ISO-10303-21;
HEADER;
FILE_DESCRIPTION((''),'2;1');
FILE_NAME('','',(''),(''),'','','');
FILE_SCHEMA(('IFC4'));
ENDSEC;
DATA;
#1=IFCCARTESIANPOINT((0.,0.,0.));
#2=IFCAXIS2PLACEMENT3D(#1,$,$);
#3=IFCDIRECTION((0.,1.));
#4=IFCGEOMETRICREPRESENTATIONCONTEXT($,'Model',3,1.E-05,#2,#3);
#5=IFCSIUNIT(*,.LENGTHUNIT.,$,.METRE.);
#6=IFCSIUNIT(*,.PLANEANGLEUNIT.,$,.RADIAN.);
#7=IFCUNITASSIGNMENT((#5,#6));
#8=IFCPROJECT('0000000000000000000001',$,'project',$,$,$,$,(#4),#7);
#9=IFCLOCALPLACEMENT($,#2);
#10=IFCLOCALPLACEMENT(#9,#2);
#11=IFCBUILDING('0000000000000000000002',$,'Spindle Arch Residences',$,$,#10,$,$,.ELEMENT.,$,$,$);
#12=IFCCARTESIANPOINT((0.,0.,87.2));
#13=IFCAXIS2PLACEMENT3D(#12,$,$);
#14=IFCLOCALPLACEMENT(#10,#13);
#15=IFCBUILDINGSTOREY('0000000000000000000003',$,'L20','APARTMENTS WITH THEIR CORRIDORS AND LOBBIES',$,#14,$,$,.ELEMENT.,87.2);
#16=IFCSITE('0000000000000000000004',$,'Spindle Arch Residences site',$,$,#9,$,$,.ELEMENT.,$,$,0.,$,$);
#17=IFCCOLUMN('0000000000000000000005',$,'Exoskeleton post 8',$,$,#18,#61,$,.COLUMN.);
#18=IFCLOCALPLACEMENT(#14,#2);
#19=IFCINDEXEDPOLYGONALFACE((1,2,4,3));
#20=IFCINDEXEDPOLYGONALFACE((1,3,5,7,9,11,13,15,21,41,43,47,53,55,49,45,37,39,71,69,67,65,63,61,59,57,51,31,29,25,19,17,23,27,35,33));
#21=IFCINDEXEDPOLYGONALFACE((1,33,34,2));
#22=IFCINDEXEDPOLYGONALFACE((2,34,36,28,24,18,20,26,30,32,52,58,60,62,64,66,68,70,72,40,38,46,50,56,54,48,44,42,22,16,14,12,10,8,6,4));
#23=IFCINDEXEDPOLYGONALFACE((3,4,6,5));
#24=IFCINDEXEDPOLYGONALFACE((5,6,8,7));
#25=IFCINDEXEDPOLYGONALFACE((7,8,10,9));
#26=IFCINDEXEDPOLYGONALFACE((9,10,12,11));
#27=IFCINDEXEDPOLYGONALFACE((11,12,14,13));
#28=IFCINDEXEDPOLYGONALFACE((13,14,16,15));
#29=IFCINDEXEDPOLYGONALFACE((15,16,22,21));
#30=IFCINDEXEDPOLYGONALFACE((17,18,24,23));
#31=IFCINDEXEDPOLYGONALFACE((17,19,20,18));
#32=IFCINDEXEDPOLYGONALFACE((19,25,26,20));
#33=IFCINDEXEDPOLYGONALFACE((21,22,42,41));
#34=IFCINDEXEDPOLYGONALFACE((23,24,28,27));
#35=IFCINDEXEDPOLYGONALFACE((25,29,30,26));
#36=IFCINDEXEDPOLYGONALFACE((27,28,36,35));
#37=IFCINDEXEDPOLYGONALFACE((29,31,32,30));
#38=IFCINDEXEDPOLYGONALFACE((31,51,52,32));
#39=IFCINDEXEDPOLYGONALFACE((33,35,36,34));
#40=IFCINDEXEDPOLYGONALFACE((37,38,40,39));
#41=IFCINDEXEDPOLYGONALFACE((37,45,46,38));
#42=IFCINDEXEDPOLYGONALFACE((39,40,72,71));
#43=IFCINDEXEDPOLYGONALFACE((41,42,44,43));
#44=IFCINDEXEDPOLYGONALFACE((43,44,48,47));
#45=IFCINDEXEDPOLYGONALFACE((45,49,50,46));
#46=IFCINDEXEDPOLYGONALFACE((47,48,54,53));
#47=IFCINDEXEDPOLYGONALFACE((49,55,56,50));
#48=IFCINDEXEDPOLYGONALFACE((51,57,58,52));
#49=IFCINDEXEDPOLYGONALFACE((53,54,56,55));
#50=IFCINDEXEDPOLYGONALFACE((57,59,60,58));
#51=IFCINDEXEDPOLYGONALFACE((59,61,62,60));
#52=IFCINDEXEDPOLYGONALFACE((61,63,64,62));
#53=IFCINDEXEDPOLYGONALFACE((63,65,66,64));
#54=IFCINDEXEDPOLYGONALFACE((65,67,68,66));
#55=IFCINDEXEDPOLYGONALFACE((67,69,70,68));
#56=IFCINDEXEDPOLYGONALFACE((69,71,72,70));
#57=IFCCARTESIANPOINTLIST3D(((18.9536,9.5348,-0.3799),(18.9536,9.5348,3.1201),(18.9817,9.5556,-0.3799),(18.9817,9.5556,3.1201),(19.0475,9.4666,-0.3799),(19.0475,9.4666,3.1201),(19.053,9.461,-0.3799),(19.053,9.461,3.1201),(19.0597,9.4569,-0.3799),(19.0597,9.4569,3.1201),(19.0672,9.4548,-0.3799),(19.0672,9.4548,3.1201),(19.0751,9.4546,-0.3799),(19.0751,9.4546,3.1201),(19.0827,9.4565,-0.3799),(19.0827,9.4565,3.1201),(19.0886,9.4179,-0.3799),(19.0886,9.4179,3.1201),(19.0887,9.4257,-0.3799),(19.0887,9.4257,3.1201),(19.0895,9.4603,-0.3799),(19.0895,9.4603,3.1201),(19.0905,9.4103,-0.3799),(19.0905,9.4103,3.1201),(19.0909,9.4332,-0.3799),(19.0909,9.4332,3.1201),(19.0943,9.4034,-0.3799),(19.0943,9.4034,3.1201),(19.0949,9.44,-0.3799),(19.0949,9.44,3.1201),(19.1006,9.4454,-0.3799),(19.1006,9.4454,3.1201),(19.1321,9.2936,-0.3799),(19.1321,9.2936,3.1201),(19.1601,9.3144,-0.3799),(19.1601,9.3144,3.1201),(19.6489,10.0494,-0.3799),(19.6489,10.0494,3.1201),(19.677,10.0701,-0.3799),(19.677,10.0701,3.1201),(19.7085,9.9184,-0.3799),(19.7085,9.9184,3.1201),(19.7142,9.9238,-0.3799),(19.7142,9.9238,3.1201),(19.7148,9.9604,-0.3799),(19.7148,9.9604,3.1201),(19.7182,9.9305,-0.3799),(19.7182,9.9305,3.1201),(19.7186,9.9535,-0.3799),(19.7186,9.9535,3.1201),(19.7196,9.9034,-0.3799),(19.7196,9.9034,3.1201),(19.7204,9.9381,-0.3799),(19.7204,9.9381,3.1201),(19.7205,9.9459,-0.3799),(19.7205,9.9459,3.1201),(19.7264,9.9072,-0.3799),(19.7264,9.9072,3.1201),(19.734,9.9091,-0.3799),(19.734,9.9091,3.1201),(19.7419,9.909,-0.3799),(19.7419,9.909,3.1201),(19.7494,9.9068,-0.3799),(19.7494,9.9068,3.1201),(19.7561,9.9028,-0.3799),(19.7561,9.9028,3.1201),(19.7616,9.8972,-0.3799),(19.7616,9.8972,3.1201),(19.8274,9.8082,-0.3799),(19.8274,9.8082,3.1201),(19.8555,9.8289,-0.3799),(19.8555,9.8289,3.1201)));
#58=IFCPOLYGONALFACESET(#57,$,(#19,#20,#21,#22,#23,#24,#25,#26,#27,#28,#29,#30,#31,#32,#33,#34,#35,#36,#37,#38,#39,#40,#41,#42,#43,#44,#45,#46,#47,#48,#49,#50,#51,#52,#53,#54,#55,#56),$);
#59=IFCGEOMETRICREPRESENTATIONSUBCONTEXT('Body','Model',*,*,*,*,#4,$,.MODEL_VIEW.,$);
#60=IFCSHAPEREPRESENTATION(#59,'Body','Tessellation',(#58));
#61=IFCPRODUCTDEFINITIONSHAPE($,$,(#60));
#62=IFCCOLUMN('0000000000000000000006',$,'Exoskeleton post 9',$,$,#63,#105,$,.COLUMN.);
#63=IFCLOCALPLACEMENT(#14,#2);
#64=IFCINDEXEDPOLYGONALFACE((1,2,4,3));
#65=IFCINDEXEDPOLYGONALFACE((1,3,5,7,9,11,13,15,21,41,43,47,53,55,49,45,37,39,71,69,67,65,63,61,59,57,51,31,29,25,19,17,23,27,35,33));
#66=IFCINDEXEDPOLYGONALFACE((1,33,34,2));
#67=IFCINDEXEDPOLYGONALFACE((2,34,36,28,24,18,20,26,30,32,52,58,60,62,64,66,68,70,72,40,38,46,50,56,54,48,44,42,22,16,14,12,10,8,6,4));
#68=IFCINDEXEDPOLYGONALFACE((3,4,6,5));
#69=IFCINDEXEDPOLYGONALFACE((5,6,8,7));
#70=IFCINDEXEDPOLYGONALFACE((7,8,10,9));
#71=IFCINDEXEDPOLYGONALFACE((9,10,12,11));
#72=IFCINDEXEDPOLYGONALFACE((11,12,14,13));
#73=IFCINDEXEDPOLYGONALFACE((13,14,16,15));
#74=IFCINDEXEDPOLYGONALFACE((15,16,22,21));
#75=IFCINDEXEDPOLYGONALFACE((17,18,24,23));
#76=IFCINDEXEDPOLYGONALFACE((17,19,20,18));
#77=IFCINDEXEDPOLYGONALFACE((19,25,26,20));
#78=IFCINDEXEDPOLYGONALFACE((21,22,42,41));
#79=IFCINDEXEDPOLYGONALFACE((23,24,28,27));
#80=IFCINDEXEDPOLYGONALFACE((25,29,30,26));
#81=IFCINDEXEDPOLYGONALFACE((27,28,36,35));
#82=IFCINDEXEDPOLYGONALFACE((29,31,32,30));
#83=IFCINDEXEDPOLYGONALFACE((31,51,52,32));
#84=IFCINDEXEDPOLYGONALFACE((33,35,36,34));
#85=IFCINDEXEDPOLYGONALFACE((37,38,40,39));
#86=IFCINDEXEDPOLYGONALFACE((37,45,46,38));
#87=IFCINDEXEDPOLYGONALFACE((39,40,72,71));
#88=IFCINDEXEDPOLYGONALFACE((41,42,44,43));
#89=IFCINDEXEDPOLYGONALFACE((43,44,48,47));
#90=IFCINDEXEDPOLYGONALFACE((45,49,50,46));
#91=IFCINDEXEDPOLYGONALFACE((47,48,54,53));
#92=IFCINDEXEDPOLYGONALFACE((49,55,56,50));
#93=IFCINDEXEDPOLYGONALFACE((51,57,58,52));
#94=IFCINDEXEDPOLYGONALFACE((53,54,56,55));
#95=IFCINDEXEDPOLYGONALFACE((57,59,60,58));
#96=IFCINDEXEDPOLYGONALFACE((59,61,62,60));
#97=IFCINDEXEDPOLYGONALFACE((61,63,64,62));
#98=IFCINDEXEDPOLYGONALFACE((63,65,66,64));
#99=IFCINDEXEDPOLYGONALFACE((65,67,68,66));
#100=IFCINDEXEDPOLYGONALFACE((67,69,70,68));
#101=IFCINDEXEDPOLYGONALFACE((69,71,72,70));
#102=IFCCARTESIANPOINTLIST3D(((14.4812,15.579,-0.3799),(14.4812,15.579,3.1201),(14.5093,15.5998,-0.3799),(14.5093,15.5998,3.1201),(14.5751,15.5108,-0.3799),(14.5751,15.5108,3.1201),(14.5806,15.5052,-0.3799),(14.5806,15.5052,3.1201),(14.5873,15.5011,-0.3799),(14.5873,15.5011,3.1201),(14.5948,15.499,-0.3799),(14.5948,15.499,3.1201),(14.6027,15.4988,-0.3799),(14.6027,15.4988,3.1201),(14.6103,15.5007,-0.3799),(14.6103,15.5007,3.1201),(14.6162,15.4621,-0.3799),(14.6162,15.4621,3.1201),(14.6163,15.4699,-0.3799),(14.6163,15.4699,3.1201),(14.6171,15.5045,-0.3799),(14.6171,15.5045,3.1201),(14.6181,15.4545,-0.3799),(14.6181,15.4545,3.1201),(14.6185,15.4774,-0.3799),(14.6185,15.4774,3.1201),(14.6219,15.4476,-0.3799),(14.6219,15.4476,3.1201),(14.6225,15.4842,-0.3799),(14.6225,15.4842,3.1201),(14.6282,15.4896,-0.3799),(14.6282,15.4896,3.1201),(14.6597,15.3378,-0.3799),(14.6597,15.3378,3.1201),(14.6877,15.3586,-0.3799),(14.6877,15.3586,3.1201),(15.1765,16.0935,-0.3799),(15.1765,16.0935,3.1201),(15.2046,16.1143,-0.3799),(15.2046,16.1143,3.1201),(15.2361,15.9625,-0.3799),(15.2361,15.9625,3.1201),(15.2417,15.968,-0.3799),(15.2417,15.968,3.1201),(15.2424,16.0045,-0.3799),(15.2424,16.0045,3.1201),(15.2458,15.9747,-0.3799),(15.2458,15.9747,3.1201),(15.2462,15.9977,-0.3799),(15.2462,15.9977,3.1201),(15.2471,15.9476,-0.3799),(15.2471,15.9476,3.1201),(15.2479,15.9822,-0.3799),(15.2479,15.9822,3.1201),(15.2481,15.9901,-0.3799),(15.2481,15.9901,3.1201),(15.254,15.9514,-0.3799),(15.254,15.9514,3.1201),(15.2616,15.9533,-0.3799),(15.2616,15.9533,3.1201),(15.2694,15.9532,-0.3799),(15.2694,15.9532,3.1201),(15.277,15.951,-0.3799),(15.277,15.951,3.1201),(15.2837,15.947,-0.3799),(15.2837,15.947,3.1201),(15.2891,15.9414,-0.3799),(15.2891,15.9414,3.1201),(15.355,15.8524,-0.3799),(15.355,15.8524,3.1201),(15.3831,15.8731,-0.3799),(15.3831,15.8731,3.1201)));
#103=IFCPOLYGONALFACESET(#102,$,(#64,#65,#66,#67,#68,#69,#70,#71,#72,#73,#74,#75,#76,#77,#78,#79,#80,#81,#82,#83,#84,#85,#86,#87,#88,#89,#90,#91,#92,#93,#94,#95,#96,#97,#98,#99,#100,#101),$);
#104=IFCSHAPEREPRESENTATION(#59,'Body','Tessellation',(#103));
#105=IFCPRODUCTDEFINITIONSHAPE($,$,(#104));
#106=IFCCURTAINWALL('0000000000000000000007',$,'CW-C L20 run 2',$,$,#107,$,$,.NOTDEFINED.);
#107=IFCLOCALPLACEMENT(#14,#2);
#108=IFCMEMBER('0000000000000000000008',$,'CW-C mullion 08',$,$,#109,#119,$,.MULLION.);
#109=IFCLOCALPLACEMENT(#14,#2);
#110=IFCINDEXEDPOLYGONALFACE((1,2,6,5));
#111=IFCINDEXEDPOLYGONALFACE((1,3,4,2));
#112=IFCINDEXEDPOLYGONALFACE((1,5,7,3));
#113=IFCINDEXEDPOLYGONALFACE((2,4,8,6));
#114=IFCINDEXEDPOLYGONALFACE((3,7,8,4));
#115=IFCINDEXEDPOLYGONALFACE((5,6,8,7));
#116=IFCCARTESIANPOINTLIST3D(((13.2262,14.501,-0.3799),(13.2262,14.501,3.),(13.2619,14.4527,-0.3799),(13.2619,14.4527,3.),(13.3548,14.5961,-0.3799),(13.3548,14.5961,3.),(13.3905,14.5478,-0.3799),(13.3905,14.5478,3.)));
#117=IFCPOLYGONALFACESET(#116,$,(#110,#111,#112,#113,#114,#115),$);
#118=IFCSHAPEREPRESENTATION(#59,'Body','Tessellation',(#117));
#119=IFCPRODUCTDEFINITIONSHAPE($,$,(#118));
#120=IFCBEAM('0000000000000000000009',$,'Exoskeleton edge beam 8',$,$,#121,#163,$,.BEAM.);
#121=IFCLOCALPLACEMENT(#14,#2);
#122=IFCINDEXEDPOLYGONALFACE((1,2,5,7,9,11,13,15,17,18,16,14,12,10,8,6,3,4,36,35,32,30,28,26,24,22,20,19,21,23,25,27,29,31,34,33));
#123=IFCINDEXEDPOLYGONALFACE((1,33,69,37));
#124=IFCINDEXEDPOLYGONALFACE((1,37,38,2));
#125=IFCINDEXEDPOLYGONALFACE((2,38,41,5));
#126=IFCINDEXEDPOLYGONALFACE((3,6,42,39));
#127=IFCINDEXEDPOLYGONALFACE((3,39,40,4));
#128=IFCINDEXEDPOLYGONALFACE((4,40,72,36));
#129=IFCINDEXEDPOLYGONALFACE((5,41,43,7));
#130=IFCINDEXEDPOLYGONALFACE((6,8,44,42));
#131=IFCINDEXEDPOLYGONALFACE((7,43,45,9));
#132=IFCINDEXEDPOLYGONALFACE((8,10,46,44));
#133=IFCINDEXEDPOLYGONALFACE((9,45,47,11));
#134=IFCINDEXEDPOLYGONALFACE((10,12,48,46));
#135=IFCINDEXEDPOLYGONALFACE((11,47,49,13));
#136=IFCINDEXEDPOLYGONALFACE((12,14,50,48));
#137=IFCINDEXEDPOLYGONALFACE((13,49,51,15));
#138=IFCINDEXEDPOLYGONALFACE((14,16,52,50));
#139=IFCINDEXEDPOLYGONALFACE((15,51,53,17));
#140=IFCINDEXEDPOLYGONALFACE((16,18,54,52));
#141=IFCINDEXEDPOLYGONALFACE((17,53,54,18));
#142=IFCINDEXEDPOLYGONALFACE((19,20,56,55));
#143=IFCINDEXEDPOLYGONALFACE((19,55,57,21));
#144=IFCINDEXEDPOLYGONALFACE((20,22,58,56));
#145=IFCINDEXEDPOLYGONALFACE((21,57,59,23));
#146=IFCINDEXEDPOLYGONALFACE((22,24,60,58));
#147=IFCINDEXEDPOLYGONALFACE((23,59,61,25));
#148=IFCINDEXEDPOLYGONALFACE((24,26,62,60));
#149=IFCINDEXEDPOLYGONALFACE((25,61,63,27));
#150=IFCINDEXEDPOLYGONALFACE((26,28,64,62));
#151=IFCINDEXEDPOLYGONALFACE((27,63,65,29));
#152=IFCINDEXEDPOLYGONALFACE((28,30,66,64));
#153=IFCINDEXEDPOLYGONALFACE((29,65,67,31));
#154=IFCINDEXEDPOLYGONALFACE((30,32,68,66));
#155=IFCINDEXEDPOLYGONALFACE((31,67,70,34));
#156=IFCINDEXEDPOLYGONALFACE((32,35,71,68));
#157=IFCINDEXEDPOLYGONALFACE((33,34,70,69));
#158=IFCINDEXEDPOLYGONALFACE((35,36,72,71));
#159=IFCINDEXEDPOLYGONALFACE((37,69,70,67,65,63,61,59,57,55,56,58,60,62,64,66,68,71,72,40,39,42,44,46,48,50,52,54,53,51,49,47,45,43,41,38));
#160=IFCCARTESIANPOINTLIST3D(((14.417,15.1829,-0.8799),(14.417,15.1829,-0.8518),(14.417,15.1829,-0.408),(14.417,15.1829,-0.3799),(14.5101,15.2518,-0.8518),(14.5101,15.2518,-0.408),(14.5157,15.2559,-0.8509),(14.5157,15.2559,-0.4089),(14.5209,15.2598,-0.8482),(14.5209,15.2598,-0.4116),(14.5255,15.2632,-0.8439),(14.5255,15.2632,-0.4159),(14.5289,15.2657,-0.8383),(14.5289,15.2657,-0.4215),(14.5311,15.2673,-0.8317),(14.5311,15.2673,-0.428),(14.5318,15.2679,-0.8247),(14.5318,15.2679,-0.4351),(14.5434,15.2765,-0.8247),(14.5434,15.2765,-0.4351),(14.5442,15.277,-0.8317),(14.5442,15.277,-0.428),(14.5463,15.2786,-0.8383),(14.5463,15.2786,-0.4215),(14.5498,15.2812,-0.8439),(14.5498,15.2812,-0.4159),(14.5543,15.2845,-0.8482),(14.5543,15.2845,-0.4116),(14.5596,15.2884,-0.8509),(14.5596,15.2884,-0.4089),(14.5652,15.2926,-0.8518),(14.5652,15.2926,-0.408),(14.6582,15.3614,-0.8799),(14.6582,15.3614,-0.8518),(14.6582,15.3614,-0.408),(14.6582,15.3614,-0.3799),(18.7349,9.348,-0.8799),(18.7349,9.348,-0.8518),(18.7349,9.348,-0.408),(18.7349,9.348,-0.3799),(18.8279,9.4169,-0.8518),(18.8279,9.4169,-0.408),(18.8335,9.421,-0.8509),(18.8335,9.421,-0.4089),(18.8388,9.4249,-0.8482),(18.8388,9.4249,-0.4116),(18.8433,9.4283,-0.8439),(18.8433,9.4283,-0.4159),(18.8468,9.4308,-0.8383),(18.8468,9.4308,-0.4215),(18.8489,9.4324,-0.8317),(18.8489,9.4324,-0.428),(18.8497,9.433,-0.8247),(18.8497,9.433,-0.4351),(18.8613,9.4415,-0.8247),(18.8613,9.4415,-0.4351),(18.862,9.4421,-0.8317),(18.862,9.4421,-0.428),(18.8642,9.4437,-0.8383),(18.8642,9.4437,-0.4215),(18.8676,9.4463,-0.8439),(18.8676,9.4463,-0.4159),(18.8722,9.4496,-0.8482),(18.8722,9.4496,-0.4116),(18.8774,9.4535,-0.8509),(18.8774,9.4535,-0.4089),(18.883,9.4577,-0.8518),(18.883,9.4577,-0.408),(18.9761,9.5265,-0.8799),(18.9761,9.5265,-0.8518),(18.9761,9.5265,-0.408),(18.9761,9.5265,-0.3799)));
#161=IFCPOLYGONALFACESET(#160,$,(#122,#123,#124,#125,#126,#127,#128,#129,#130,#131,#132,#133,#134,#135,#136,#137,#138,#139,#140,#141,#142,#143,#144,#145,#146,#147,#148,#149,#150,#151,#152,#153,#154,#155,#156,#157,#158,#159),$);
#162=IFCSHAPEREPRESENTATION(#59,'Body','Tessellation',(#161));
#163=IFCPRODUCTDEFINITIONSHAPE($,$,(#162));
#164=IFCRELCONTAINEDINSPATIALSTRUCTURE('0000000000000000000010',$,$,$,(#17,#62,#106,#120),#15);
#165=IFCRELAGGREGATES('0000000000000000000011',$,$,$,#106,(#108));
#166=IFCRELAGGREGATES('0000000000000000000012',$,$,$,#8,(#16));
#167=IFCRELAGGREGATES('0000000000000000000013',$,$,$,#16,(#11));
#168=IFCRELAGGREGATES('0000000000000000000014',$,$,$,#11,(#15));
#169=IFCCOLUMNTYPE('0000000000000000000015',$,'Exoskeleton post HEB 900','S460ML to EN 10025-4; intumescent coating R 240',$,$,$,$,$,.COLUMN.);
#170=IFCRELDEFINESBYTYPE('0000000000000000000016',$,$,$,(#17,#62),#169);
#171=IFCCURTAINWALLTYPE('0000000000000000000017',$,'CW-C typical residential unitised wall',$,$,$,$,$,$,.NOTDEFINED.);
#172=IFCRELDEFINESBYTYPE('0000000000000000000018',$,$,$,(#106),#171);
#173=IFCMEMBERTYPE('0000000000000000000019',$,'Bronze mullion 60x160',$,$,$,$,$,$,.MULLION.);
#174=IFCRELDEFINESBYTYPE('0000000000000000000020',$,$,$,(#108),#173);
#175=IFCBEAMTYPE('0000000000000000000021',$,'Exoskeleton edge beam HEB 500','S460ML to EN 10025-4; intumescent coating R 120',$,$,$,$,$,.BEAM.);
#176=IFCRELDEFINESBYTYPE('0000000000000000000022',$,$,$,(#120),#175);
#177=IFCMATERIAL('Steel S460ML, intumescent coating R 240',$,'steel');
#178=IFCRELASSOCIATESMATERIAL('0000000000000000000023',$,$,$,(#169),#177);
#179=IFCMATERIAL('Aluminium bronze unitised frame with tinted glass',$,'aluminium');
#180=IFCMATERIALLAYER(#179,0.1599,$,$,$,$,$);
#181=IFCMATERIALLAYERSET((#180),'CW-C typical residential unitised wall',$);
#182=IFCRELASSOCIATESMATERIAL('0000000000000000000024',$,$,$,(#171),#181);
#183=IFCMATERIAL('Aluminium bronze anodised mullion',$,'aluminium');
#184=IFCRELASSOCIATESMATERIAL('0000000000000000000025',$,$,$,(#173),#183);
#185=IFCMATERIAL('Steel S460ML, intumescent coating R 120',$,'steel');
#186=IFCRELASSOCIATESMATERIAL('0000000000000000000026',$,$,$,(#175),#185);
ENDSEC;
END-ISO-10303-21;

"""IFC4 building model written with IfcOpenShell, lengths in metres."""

from ifc_helpers import new_model, si_unit, direction, frame, origin, origin_2d, place, context, subcontext, project, spatial, rectangle, i_section, extrude, material, layer, layer_set, material_profile, profile_set, type_object, element, aggregate, save


model = new_model("IFC4")

# Units and contexts
model_context = context("Model", 3, precision=1e-05, world=origin(), true_north=direction((0.0, 1.0)))
body_context = subcontext(model_context, "Body", "Model", "MODEL_VIEW")
ifc_project = project(units=[si_unit("LENGTHUNIT", "METRE"), si_unit("PLANEANGLEUNIT", "RADIAN")], contexts=[model_context])

# Site, building, storey
site_placement = place(None, origin())
site = spatial("IfcSite", under=ifc_project, at=site_placement, Name="Spindle Arch Residences site", CompositionType="ELEMENT", RefElevation=0.0)
building_placement = place(site_placement, origin())
building = spatial("IfcBuilding", under=site, at=building_placement, Name="Spindle Arch Residences", CompositionType="ELEMENT")
storey_placement = place(building_placement, frame((0.0, 0.0, 87.2)))
storey = spatial("IfcBuildingStorey", under=building, at=storey_placement, Name="L20", Description="APARTMENTS WITH THEIR CORRIDORS AND LOBBIES", CompositionType="ELEMENT", Elevation=87.2)

# Columns
ifc_material_1 = material(Name="Steel S460ML, intumescent coating R 240", Category="steel")
ifc_material_profile_1 = material_profile(ifc_material_1, i_section(OverallWidth=0.3, OverallDepth=0.8999, WebThickness=0.0186, FlangeThickness=0.0349, FilletRadius=0.03, at=origin_2d()), Name="HEB 900")
ifc_profile_set_1 = profile_set([ifc_material_profile_1], Name="Steel S460ML, intumescent coating R 240")
column_type = type_object("IfcColumnType", Name="Exoskeleton post HEB 900", Description="S460ML to EN 10025-4; intumescent coating R 240", PredefinedType="COLUMN", material=ifc_profile_set_1)
for number, where, z_axis, x_axis, name in (
    (1, (19.4045, 9.6819, -0.3799), (0.0, 0.0, 1.0), (0.594823, -0.803857, 0.0), "Exoskeleton post 8"),
    (2, (14.9321, 15.7261, -0.3799), (0.0, 0.0, 1.0), (0.594823, -0.803857, 0.0), "Exoskeleton post 9"),
):
    element("IfcColumn", number, at=place(storey_placement, frame(where, z_axis=z_axis, x_axis=x_axis)), inside=storey, type_object=column_type, Name=name, PredefinedType="COLUMN", context=body_context, shape_type="SweptSolid", body=[
        extrude(i_section(OverallWidth=0.3, OverallDepth=0.8999, WebThickness=0.0186, FlangeThickness=0.0349, FilletRadius=0.03, at=origin_2d()), origin(), (0.0, 0.0, 1.0), 3.5),
    ])

# Curtain wall, member
ifc_material_2 = material(Name="Aluminium bronze unitised frame with tinted glass", Category="aluminium")
ifc_layer_1 = layer(ifc_material_2, 0.1599)
ifc_layer_set_1 = layer_set([ifc_layer_1], Name="CW-C typical residential unitised wall")
curtain_wall_type = type_object("IfcCurtainWallType", Name="CW-C typical residential unitised wall", PredefinedType="NOTDEFINED", material=ifc_layer_set_1)
curtain_wall_placement = place(storey_placement, origin())
curtain_wall = element("IfcCurtainWall", 3, at=curtain_wall_placement, inside=storey, type_object=curtain_wall_type, Name="CW-C L20 run 2", PredefinedType="NOTDEFINED")
ifc_material_3 = material(Name="Aluminium bronze anodised mullion", Category="aluminium")
ifc_material_profile_2 = material_profile(ifc_material_3, rectangle(XDim=0.1599, YDim=0.0601, at=origin_2d()), Name="MU 60x160")
ifc_profile_set_2 = profile_set([ifc_material_profile_2], Name="Aluminium bronze anodised mullion")
member_type = type_object("IfcMemberType", Name="Bronze mullion 60x160", PredefinedType="MULLION", material=ifc_profile_set_2)
member_placement = place(storey_placement, frame((13.3083, 14.5244, -0.3799), z_axis=(0.0, 0.0, 1.0), x_axis=(-0.803857, -0.594823, 0.0)))
member = element("IfcMember", 4, at=member_placement, type_object=member_type, Name="CW-C mullion 08", PredefinedType="MULLION", context=body_context, shape_type="SweptSolid", body=[
    extrude(rectangle(XDim=0.1599, YDim=0.0601, at=origin_2d()), origin(), (0.0, 0.0, 1.0), 3.3799),
])

# Beam
ifc_material_4 = material(Name="Steel S460ML, intumescent coating R 120", Category="steel")
ifc_material_profile_3 = material_profile(ifc_material_4, i_section(OverallWidth=0.3, OverallDepth=0.5, WebThickness=0.0144, FlangeThickness=0.0281, FilletRadius=0.0271, at=origin_2d()), Name="HEB 500")
ifc_profile_set_3 = profile_set([ifc_material_profile_3], Name="Steel S460ML, intumescent coating R 120")
beam_type_1 = type_object("IfcBeamType", Name="Exoskeleton edge beam HEB 500", Description="S460ML to EN 10025-4; intumescent coating R 120", PredefinedType="BEAM", material=ifc_profile_set_3)
beam_1_placement = place(storey_placement, frame((18.8555, 9.4373, -0.6299), z_axis=(-0.594843, 0.803842, 0.0), x_axis=(-0.803842, -0.594843, 0.0)))
element("IfcBeam", 5, at=beam_1_placement, inside=storey, type_object=beam_type_1, Name="Exoskeleton edge beam 8", PredefinedType="BEAM", context=body_context, shape_type="SweptSolid", body=[
    extrude(i_section(OverallWidth=0.3, OverallDepth=0.5, WebThickness=0.0144, FlangeThickness=0.0281, FilletRadius=0.0271, at=origin_2d()), origin(), (0.0, 0.0, 1.0), 7.2588),
])

aggregate(curtain_wall, [member])

save(model, "model.ifc")
